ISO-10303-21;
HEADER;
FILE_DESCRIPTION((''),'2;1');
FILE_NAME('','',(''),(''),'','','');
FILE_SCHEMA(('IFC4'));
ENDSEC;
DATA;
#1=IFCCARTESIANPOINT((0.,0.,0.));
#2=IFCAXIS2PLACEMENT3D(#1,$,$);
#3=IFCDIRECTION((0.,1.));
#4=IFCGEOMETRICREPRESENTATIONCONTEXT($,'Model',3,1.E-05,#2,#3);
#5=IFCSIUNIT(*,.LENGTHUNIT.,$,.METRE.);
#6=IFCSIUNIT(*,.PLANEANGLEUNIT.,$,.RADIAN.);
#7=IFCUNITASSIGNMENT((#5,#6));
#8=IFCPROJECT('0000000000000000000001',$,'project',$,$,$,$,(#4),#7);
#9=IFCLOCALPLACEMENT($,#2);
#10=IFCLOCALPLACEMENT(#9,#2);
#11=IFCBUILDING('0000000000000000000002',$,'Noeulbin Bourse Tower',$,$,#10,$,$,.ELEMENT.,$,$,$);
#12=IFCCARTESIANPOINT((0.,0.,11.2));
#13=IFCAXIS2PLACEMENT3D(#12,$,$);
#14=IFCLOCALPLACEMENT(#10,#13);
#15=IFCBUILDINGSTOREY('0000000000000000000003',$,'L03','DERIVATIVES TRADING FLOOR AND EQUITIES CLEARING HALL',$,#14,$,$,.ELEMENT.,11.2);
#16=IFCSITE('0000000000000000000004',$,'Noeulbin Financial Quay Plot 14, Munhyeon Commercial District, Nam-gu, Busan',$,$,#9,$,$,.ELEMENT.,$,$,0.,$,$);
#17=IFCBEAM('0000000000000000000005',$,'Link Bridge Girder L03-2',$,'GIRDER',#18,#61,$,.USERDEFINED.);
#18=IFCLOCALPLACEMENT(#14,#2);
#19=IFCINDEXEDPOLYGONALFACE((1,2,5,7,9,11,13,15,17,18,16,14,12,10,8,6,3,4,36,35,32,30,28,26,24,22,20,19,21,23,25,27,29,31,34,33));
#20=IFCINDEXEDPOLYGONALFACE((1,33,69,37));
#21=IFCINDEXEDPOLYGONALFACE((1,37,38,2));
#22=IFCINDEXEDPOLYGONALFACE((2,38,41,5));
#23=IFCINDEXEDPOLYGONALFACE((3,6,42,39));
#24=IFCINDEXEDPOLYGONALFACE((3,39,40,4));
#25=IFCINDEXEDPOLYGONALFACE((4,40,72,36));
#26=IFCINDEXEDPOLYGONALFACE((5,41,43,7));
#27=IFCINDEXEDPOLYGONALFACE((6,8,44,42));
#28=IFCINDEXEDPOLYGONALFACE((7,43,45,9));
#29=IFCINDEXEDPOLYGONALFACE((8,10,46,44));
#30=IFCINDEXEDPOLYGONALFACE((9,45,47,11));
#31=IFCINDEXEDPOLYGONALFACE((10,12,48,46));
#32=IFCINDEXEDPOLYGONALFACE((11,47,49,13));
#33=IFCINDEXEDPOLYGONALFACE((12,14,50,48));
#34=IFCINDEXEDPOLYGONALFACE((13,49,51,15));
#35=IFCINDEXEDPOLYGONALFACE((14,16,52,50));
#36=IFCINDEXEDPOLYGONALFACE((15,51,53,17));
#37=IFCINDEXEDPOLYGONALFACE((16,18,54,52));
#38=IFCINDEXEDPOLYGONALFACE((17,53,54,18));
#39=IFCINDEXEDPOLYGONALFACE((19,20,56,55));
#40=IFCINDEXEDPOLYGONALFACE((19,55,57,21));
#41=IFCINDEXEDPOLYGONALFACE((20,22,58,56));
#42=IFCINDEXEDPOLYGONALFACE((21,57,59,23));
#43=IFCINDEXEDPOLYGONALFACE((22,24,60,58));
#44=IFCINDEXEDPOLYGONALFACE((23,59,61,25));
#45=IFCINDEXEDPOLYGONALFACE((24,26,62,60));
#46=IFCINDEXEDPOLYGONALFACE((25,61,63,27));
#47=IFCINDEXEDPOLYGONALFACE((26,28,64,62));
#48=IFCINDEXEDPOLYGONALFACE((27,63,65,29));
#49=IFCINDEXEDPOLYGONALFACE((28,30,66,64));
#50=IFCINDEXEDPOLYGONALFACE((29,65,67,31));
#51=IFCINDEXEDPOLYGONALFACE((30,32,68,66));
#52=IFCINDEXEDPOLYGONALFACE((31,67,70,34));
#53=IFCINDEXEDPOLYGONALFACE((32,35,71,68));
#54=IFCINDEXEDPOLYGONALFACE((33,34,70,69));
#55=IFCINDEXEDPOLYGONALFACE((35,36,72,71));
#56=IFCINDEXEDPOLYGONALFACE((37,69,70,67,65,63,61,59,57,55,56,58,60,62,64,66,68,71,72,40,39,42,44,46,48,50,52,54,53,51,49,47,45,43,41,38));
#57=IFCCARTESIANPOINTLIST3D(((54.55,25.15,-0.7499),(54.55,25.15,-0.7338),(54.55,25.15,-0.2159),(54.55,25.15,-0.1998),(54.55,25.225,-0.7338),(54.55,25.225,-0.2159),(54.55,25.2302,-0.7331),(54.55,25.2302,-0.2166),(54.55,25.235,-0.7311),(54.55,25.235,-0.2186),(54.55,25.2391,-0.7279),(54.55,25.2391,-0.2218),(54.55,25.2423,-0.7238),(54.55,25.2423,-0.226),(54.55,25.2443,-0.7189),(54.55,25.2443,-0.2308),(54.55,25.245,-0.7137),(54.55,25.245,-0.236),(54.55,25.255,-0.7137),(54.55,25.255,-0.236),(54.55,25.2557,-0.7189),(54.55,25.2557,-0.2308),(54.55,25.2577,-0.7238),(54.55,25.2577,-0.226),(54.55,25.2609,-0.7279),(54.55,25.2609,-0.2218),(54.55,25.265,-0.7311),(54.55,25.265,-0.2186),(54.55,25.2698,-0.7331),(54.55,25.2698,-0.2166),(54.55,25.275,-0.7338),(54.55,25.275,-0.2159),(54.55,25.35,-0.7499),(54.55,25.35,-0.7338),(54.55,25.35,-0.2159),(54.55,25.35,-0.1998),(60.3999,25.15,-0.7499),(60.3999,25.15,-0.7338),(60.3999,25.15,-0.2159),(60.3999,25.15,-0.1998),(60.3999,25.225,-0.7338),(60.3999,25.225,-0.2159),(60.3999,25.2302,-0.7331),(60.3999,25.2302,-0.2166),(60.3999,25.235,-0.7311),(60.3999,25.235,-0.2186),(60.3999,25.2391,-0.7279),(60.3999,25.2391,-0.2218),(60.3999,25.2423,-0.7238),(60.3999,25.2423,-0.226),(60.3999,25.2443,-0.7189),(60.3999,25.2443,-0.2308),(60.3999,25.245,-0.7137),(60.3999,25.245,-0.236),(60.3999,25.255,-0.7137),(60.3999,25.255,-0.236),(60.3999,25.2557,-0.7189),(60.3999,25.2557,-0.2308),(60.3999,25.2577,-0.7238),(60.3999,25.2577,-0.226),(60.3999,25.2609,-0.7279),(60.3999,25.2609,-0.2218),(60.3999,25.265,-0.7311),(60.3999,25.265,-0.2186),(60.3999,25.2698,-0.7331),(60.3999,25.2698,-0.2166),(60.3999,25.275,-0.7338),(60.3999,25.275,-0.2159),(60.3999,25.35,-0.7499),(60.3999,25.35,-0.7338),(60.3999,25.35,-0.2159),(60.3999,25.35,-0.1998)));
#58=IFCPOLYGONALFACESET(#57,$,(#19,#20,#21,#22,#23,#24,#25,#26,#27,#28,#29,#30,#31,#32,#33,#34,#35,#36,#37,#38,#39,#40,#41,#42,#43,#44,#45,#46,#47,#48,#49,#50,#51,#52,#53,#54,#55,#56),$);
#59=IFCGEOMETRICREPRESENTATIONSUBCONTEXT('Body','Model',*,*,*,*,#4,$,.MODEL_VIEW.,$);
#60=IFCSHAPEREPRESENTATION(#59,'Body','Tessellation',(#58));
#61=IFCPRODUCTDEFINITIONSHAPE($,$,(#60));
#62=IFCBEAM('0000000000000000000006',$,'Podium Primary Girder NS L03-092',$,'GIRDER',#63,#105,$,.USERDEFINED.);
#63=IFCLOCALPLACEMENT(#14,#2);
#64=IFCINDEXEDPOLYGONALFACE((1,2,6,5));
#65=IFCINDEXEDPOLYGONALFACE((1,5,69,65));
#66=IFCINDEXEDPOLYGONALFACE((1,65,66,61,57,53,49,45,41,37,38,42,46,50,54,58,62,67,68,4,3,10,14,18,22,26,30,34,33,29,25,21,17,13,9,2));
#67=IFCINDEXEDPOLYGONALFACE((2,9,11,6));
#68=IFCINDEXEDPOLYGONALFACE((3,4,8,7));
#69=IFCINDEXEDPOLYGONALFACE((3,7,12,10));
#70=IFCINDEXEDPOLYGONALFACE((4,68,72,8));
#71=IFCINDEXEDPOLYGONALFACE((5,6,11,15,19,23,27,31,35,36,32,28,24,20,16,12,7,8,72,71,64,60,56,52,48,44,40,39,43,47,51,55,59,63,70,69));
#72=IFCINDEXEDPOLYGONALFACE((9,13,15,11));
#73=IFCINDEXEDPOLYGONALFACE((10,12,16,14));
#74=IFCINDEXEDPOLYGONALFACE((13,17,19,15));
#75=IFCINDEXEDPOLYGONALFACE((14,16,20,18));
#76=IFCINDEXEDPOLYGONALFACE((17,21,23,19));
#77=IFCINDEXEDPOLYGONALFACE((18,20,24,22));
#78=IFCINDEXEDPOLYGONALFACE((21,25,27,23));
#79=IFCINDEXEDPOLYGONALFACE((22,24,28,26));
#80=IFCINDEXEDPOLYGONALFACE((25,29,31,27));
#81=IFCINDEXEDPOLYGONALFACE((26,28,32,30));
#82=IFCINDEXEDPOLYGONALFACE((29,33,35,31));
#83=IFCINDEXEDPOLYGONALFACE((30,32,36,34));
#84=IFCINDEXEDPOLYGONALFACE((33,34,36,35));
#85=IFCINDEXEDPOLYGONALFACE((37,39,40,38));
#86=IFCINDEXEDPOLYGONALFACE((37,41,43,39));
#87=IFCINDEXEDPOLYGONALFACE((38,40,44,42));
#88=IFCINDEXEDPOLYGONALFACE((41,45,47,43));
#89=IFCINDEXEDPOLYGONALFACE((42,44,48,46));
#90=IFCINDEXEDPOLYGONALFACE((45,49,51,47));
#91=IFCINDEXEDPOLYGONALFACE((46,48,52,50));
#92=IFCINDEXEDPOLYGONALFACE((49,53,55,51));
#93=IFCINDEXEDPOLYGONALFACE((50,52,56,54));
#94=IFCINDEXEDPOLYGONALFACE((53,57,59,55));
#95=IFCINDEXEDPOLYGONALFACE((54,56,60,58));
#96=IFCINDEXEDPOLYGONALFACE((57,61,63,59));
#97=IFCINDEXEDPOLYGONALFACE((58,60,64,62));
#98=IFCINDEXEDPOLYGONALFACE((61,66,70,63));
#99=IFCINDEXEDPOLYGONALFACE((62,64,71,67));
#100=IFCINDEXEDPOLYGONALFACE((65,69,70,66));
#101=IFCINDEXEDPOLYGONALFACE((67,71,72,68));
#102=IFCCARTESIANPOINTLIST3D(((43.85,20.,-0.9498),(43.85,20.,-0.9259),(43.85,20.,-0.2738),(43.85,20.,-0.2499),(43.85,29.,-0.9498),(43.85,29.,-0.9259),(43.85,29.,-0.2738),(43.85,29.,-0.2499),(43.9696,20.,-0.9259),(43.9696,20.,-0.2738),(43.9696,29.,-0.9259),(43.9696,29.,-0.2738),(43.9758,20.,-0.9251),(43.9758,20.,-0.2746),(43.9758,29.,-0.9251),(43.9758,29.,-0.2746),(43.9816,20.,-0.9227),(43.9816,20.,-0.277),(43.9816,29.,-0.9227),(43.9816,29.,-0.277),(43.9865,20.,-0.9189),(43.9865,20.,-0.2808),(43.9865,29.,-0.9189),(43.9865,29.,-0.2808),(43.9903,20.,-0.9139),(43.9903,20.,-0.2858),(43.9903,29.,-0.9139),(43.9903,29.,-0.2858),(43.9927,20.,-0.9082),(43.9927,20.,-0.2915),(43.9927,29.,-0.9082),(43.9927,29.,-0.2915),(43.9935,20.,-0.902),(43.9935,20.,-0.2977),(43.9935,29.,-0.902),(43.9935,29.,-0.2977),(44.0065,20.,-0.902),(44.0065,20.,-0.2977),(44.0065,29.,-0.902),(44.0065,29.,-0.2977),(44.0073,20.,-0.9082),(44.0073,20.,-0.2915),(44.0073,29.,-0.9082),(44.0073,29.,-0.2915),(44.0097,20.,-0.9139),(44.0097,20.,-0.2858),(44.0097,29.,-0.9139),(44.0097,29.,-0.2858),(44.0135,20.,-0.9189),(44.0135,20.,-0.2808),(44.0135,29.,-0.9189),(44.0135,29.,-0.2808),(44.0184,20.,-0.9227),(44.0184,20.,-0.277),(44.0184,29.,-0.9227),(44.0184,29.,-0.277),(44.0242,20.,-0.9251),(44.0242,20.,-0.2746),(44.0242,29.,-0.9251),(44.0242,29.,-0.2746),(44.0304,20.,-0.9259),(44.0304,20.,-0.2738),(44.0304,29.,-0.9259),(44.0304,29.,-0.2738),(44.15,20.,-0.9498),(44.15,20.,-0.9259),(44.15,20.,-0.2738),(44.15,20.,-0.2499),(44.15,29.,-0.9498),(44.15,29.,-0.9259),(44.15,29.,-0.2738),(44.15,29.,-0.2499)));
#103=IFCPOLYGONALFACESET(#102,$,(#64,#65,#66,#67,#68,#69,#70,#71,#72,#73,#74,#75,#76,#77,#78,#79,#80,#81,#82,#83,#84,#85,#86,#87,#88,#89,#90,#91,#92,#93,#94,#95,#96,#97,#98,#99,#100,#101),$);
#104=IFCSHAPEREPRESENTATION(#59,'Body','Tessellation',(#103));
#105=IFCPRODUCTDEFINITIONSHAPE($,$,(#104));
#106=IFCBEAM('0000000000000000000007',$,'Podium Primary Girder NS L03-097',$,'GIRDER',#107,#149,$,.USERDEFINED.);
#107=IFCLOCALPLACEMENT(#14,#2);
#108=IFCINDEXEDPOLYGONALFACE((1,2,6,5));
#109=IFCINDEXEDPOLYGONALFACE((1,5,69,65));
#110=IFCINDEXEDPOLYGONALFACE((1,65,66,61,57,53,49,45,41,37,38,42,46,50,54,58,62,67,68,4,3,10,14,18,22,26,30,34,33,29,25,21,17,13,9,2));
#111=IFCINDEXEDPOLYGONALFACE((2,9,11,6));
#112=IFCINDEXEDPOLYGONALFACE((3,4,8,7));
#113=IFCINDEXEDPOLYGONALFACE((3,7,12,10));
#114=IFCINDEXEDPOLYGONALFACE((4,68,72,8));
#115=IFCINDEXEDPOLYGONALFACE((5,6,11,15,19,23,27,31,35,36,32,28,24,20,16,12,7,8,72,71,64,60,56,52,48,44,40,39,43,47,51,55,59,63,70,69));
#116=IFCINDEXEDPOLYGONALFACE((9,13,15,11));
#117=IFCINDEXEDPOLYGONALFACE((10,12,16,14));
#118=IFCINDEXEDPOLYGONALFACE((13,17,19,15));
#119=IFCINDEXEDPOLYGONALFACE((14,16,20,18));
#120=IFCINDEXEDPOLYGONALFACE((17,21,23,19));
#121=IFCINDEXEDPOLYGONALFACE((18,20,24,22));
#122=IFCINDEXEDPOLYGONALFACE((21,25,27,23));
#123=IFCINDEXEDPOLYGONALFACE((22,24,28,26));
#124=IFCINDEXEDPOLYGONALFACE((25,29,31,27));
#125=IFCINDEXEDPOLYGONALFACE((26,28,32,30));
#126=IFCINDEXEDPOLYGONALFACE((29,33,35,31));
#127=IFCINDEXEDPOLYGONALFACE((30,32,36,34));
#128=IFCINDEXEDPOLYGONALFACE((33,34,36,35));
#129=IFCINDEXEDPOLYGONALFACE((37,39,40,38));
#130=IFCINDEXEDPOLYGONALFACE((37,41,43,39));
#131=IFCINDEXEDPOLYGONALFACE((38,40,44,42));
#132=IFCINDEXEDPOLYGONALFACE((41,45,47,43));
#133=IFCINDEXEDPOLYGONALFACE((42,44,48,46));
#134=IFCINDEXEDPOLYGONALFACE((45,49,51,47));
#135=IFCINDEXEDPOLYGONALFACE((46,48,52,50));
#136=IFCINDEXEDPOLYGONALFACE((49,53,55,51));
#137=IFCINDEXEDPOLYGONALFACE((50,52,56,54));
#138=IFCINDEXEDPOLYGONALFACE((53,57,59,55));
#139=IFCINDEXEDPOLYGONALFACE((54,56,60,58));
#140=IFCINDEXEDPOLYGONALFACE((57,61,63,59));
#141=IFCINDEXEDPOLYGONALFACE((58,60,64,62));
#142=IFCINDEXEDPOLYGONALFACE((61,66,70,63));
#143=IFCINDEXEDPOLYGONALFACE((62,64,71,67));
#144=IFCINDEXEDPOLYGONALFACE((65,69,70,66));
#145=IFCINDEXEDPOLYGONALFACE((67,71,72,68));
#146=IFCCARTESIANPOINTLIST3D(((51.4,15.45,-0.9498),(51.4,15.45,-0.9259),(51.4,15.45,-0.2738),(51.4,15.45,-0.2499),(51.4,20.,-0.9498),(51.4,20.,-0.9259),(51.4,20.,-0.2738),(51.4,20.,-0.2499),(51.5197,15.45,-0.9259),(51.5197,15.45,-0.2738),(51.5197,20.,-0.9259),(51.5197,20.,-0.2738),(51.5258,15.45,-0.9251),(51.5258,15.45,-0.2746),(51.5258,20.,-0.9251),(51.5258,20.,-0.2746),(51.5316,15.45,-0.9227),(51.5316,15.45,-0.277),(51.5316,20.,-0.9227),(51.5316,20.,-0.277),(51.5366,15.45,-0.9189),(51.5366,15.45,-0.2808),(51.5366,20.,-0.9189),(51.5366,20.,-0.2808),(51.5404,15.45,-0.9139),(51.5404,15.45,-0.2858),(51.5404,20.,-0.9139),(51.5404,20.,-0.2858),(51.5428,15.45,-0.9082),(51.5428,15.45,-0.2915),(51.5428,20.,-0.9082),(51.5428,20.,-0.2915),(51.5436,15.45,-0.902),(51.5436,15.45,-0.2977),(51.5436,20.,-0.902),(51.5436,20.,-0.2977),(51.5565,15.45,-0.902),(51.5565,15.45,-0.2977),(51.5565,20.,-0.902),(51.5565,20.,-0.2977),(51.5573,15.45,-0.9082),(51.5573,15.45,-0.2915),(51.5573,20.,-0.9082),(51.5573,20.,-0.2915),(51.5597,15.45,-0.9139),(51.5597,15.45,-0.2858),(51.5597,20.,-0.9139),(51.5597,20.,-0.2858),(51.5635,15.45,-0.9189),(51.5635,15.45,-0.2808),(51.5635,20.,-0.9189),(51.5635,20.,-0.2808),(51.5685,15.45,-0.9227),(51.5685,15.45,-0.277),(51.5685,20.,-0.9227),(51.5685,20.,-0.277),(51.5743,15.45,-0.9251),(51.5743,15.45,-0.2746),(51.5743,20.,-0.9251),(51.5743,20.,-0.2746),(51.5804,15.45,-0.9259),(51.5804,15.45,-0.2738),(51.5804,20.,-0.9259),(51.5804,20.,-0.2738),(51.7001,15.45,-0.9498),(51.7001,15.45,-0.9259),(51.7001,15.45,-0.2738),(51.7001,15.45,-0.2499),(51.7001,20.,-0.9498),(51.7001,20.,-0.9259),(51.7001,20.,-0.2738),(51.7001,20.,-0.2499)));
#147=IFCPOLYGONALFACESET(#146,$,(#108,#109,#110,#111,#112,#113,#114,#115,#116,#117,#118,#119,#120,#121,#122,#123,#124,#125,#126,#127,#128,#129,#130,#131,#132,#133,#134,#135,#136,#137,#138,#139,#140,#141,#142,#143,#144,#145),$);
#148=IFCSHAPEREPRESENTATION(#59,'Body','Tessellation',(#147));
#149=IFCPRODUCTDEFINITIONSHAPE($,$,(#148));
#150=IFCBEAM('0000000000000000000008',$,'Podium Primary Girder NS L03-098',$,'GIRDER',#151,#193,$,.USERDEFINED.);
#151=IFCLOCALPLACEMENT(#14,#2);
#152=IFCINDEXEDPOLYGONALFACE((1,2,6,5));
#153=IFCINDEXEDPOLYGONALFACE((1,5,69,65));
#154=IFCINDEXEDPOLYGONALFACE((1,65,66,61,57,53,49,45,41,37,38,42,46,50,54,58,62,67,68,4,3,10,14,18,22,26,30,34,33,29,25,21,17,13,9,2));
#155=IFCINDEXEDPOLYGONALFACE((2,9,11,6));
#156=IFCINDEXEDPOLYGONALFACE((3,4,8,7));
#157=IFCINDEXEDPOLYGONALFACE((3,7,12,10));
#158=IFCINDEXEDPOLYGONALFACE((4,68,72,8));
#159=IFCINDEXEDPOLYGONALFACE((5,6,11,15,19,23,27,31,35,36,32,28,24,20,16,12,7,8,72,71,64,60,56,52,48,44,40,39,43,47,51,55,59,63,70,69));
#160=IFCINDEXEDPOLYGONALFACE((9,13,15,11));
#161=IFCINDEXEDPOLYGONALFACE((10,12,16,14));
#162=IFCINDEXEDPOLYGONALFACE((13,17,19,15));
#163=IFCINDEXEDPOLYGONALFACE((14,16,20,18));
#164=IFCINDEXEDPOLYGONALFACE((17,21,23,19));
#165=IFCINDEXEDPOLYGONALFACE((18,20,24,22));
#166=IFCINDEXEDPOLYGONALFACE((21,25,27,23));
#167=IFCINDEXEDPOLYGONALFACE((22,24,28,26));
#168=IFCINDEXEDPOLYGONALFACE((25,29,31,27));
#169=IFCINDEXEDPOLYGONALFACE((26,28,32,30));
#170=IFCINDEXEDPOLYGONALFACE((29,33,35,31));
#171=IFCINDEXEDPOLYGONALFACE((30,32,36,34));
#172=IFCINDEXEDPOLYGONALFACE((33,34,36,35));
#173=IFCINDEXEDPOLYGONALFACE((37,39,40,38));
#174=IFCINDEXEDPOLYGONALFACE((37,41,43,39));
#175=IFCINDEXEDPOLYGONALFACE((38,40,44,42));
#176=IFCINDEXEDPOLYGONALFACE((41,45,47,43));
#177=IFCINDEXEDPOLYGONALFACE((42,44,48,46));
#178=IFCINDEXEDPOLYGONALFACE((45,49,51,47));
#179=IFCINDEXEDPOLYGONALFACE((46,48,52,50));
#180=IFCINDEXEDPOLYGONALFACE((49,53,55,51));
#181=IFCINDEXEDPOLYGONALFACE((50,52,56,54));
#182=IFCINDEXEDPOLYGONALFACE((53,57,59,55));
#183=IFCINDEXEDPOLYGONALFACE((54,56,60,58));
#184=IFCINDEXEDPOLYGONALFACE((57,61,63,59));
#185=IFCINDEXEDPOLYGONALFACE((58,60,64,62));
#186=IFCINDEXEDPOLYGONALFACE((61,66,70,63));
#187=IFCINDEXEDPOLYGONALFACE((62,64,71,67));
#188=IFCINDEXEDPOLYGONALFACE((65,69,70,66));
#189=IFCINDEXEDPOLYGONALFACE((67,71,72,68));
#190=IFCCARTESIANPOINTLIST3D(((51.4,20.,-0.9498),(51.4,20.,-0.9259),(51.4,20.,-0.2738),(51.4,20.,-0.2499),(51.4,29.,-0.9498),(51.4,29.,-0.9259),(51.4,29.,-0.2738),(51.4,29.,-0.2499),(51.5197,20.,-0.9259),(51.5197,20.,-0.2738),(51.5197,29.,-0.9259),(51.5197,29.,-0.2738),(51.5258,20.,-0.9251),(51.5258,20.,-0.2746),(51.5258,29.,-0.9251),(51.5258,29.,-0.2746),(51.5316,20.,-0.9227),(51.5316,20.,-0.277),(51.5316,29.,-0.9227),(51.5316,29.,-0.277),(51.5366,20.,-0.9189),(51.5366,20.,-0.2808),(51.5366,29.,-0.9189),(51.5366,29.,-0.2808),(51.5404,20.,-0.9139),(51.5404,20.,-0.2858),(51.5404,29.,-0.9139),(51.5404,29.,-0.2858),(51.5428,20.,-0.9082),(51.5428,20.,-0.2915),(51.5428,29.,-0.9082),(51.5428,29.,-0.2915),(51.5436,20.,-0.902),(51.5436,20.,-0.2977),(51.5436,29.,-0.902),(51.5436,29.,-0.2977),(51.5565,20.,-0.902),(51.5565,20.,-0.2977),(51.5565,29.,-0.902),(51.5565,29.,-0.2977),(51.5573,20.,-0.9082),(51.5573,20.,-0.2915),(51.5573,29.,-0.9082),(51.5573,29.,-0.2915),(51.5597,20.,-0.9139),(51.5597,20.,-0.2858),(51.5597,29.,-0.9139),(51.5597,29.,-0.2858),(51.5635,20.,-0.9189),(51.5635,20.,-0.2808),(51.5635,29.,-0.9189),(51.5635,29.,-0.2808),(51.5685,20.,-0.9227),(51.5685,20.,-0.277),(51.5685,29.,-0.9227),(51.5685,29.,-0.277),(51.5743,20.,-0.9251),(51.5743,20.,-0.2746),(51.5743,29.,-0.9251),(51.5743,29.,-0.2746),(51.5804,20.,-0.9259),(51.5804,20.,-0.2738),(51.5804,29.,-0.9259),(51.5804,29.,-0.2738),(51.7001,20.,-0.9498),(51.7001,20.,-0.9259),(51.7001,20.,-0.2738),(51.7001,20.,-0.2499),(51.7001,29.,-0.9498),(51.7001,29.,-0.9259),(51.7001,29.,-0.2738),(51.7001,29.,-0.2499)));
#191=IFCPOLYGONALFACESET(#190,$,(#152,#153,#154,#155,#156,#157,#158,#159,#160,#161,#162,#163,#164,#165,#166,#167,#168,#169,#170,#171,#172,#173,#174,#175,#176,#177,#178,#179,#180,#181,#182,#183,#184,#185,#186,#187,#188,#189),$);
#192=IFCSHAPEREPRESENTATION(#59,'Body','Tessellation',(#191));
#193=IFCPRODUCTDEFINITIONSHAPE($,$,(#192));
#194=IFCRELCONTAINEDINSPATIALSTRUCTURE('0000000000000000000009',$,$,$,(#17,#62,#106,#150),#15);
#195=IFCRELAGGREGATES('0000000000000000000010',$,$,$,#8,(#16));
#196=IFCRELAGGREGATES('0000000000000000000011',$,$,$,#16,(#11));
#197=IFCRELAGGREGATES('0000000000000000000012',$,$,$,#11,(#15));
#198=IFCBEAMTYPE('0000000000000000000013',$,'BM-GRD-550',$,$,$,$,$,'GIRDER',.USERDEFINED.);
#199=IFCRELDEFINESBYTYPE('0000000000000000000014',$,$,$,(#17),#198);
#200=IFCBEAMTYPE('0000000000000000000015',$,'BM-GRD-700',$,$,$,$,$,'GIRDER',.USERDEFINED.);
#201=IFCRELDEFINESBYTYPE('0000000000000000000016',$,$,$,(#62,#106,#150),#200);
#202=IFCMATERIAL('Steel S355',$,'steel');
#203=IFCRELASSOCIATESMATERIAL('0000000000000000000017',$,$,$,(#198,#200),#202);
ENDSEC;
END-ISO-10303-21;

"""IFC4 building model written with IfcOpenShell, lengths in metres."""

from ifc_helpers import new_model, si_unit, direction, frame, origin, origin_2d, place, context, subcontext, project, spatial, i_section, extrude, material, material_profile, profile_set, type_object, element, save


model = new_model("IFC4")

# Units and contexts
model_context = context("Model", 3, precision=1e-05, world=origin(), true_north=direction((0.0, 1.0)))
body_context = subcontext(model_context, "Body", "Model", "MODEL_VIEW")
ifc_project = project(units=[si_unit("LENGTHUNIT", "METRE"), si_unit("PLANEANGLEUNIT", "RADIAN")], contexts=[model_context])

# Site, building, storey
site_placement = place(None, origin())
site = spatial("IfcSite", under=ifc_project, at=site_placement, Name="Noeulbin Financial Quay Plot 14, Munhyeon Commercial District, Nam-gu, Busan", CompositionType="ELEMENT", RefElevation=0.0)
building_placement = place(site_placement, origin())
building = spatial("IfcBuilding", under=site, at=building_placement, Name="Noeulbin Bourse Tower", CompositionType="ELEMENT")
storey_placement = place(building_placement, frame((0.0, 0.0, 11.2)))
storey = spatial("IfcBuildingStorey", under=building, at=storey_placement, Name="L03", Description="DERIVATIVES TRADING FLOOR AND EQUITIES CLEARING HALL", CompositionType="ELEMENT", Elevation=11.2)

# Beams
ifc_material_1 = material(Name="Steel S355", Category="steel")
ifc_material_profile_1 = material_profile(ifc_material_1, i_section(OverallWidth=0.2, OverallDepth=0.55, WebThickness=0.01, FlangeThickness=0.0161, FilletRadius=0.02, at=origin_2d()), Name="H-550x200x10x16", Category="LoadBearing")
ifc_profile_set_1 = profile_set([ifc_material_profile_1], Name="Steel S355")
beam_type_1 = type_object("IfcBeamType", Name="BM-GRD-550", ElementType="GIRDER", PredefinedType="USERDEFINED", material=ifc_profile_set_1)
for number, where, z_axis, x_axis, name in (
    (1, (54.55, 25.25, -0.4749), (1.0, 0.0, 0.0), (0.0, 1.0, 0.0), "Link Bridge Girder L03-2"),
):
    element("IfcBeam", number, at=place(storey_placement, frame(where, z_axis=z_axis, x_axis=x_axis)), inside=storey, type_object=beam_type_1, Name=name, ObjectType="GIRDER", PredefinedType="USERDEFINED", context=body_context, shape_type="SweptSolid", body=[
        extrude(i_section(OverallWidth=0.2, OverallDepth=0.55, WebThickness=0.01, FlangeThickness=0.0161, FilletRadius=0.02, at=origin_2d()), origin(), (0.0, 0.0, 1.0), 5.8499),
    ])
ifc_material_profile_2 = material_profile(ifc_material_1, i_section(OverallWidth=0.3, OverallDepth=0.7, WebThickness=0.0129, FlangeThickness=0.0239, FilletRadius=0.0239, at=origin_2d()), Name="H-700x300x13x24", Category="LoadBearing")
ifc_profile_set_2 = profile_set([ifc_material_profile_2], Name="Steel S355")
beam_type_2 = type_object("IfcBeamType", Name="BM-GRD-700", ElementType="GIRDER", PredefinedType="USERDEFINED", material=ifc_profile_set_2)
beam_1_placement = place(storey_placement, frame((44.0, 20.0, -0.5999), z_axis=(0.0, 1.0, 0.0), x_axis=(-1.0, 0.0, 0.0)))
element("IfcBeam", 2, at=beam_1_placement, inside=storey, type_object=beam_type_2, Name="Podium Primary Girder NS L03-092", ObjectType="GIRDER", PredefinedType="USERDEFINED", context=body_context, shape_type="SweptSolid", body=[
    extrude(i_section(OverallWidth=0.3, OverallDepth=0.7, WebThickness=0.0129, FlangeThickness=0.0239, FilletRadius=0.0239, at=origin_2d()), origin(), (0.0, 0.0, 1.0), 9.0),
])
beam_2_placement = place(storey_placement, frame((51.55, 15.45, -0.5999), z_axis=(0.0, 1.0, 0.0), x_axis=(-1.0, 0.0, 0.0)))
element("IfcBeam", 3, at=beam_2_placement, inside=storey, type_object=beam_type_2, Name="Podium Primary Girder NS L03-097", ObjectType="GIRDER", PredefinedType="USERDEFINED", context=body_context, shape_type="SweptSolid", body=[
    extrude(i_section(OverallWidth=0.3, OverallDepth=0.7, WebThickness=0.0129, FlangeThickness=0.0239, FilletRadius=0.0239, at=origin_2d()), origin(), (0.0, 0.0, 1.0), 4.55),
])
beam_3_placement = place(storey_placement, frame((51.55, 20.0, -0.5999), z_axis=(0.0, 1.0, 0.0), x_axis=(-1.0, 0.0, 0.0)))
element("IfcBeam", 4, at=beam_3_placement, inside=storey, type_object=beam_type_2, Name="Podium Primary Girder NS L03-098", ObjectType="GIRDER", PredefinedType="USERDEFINED", context=body_context, shape_type="SweptSolid", body=[
    extrude(i_section(OverallWidth=0.3, OverallDepth=0.7, WebThickness=0.0129, FlangeThickness=0.0239, FilletRadius=0.0239, at=origin_2d()), origin(), (0.0, 0.0, 1.0), 9.0),
])

save(model, "model.ifc")
